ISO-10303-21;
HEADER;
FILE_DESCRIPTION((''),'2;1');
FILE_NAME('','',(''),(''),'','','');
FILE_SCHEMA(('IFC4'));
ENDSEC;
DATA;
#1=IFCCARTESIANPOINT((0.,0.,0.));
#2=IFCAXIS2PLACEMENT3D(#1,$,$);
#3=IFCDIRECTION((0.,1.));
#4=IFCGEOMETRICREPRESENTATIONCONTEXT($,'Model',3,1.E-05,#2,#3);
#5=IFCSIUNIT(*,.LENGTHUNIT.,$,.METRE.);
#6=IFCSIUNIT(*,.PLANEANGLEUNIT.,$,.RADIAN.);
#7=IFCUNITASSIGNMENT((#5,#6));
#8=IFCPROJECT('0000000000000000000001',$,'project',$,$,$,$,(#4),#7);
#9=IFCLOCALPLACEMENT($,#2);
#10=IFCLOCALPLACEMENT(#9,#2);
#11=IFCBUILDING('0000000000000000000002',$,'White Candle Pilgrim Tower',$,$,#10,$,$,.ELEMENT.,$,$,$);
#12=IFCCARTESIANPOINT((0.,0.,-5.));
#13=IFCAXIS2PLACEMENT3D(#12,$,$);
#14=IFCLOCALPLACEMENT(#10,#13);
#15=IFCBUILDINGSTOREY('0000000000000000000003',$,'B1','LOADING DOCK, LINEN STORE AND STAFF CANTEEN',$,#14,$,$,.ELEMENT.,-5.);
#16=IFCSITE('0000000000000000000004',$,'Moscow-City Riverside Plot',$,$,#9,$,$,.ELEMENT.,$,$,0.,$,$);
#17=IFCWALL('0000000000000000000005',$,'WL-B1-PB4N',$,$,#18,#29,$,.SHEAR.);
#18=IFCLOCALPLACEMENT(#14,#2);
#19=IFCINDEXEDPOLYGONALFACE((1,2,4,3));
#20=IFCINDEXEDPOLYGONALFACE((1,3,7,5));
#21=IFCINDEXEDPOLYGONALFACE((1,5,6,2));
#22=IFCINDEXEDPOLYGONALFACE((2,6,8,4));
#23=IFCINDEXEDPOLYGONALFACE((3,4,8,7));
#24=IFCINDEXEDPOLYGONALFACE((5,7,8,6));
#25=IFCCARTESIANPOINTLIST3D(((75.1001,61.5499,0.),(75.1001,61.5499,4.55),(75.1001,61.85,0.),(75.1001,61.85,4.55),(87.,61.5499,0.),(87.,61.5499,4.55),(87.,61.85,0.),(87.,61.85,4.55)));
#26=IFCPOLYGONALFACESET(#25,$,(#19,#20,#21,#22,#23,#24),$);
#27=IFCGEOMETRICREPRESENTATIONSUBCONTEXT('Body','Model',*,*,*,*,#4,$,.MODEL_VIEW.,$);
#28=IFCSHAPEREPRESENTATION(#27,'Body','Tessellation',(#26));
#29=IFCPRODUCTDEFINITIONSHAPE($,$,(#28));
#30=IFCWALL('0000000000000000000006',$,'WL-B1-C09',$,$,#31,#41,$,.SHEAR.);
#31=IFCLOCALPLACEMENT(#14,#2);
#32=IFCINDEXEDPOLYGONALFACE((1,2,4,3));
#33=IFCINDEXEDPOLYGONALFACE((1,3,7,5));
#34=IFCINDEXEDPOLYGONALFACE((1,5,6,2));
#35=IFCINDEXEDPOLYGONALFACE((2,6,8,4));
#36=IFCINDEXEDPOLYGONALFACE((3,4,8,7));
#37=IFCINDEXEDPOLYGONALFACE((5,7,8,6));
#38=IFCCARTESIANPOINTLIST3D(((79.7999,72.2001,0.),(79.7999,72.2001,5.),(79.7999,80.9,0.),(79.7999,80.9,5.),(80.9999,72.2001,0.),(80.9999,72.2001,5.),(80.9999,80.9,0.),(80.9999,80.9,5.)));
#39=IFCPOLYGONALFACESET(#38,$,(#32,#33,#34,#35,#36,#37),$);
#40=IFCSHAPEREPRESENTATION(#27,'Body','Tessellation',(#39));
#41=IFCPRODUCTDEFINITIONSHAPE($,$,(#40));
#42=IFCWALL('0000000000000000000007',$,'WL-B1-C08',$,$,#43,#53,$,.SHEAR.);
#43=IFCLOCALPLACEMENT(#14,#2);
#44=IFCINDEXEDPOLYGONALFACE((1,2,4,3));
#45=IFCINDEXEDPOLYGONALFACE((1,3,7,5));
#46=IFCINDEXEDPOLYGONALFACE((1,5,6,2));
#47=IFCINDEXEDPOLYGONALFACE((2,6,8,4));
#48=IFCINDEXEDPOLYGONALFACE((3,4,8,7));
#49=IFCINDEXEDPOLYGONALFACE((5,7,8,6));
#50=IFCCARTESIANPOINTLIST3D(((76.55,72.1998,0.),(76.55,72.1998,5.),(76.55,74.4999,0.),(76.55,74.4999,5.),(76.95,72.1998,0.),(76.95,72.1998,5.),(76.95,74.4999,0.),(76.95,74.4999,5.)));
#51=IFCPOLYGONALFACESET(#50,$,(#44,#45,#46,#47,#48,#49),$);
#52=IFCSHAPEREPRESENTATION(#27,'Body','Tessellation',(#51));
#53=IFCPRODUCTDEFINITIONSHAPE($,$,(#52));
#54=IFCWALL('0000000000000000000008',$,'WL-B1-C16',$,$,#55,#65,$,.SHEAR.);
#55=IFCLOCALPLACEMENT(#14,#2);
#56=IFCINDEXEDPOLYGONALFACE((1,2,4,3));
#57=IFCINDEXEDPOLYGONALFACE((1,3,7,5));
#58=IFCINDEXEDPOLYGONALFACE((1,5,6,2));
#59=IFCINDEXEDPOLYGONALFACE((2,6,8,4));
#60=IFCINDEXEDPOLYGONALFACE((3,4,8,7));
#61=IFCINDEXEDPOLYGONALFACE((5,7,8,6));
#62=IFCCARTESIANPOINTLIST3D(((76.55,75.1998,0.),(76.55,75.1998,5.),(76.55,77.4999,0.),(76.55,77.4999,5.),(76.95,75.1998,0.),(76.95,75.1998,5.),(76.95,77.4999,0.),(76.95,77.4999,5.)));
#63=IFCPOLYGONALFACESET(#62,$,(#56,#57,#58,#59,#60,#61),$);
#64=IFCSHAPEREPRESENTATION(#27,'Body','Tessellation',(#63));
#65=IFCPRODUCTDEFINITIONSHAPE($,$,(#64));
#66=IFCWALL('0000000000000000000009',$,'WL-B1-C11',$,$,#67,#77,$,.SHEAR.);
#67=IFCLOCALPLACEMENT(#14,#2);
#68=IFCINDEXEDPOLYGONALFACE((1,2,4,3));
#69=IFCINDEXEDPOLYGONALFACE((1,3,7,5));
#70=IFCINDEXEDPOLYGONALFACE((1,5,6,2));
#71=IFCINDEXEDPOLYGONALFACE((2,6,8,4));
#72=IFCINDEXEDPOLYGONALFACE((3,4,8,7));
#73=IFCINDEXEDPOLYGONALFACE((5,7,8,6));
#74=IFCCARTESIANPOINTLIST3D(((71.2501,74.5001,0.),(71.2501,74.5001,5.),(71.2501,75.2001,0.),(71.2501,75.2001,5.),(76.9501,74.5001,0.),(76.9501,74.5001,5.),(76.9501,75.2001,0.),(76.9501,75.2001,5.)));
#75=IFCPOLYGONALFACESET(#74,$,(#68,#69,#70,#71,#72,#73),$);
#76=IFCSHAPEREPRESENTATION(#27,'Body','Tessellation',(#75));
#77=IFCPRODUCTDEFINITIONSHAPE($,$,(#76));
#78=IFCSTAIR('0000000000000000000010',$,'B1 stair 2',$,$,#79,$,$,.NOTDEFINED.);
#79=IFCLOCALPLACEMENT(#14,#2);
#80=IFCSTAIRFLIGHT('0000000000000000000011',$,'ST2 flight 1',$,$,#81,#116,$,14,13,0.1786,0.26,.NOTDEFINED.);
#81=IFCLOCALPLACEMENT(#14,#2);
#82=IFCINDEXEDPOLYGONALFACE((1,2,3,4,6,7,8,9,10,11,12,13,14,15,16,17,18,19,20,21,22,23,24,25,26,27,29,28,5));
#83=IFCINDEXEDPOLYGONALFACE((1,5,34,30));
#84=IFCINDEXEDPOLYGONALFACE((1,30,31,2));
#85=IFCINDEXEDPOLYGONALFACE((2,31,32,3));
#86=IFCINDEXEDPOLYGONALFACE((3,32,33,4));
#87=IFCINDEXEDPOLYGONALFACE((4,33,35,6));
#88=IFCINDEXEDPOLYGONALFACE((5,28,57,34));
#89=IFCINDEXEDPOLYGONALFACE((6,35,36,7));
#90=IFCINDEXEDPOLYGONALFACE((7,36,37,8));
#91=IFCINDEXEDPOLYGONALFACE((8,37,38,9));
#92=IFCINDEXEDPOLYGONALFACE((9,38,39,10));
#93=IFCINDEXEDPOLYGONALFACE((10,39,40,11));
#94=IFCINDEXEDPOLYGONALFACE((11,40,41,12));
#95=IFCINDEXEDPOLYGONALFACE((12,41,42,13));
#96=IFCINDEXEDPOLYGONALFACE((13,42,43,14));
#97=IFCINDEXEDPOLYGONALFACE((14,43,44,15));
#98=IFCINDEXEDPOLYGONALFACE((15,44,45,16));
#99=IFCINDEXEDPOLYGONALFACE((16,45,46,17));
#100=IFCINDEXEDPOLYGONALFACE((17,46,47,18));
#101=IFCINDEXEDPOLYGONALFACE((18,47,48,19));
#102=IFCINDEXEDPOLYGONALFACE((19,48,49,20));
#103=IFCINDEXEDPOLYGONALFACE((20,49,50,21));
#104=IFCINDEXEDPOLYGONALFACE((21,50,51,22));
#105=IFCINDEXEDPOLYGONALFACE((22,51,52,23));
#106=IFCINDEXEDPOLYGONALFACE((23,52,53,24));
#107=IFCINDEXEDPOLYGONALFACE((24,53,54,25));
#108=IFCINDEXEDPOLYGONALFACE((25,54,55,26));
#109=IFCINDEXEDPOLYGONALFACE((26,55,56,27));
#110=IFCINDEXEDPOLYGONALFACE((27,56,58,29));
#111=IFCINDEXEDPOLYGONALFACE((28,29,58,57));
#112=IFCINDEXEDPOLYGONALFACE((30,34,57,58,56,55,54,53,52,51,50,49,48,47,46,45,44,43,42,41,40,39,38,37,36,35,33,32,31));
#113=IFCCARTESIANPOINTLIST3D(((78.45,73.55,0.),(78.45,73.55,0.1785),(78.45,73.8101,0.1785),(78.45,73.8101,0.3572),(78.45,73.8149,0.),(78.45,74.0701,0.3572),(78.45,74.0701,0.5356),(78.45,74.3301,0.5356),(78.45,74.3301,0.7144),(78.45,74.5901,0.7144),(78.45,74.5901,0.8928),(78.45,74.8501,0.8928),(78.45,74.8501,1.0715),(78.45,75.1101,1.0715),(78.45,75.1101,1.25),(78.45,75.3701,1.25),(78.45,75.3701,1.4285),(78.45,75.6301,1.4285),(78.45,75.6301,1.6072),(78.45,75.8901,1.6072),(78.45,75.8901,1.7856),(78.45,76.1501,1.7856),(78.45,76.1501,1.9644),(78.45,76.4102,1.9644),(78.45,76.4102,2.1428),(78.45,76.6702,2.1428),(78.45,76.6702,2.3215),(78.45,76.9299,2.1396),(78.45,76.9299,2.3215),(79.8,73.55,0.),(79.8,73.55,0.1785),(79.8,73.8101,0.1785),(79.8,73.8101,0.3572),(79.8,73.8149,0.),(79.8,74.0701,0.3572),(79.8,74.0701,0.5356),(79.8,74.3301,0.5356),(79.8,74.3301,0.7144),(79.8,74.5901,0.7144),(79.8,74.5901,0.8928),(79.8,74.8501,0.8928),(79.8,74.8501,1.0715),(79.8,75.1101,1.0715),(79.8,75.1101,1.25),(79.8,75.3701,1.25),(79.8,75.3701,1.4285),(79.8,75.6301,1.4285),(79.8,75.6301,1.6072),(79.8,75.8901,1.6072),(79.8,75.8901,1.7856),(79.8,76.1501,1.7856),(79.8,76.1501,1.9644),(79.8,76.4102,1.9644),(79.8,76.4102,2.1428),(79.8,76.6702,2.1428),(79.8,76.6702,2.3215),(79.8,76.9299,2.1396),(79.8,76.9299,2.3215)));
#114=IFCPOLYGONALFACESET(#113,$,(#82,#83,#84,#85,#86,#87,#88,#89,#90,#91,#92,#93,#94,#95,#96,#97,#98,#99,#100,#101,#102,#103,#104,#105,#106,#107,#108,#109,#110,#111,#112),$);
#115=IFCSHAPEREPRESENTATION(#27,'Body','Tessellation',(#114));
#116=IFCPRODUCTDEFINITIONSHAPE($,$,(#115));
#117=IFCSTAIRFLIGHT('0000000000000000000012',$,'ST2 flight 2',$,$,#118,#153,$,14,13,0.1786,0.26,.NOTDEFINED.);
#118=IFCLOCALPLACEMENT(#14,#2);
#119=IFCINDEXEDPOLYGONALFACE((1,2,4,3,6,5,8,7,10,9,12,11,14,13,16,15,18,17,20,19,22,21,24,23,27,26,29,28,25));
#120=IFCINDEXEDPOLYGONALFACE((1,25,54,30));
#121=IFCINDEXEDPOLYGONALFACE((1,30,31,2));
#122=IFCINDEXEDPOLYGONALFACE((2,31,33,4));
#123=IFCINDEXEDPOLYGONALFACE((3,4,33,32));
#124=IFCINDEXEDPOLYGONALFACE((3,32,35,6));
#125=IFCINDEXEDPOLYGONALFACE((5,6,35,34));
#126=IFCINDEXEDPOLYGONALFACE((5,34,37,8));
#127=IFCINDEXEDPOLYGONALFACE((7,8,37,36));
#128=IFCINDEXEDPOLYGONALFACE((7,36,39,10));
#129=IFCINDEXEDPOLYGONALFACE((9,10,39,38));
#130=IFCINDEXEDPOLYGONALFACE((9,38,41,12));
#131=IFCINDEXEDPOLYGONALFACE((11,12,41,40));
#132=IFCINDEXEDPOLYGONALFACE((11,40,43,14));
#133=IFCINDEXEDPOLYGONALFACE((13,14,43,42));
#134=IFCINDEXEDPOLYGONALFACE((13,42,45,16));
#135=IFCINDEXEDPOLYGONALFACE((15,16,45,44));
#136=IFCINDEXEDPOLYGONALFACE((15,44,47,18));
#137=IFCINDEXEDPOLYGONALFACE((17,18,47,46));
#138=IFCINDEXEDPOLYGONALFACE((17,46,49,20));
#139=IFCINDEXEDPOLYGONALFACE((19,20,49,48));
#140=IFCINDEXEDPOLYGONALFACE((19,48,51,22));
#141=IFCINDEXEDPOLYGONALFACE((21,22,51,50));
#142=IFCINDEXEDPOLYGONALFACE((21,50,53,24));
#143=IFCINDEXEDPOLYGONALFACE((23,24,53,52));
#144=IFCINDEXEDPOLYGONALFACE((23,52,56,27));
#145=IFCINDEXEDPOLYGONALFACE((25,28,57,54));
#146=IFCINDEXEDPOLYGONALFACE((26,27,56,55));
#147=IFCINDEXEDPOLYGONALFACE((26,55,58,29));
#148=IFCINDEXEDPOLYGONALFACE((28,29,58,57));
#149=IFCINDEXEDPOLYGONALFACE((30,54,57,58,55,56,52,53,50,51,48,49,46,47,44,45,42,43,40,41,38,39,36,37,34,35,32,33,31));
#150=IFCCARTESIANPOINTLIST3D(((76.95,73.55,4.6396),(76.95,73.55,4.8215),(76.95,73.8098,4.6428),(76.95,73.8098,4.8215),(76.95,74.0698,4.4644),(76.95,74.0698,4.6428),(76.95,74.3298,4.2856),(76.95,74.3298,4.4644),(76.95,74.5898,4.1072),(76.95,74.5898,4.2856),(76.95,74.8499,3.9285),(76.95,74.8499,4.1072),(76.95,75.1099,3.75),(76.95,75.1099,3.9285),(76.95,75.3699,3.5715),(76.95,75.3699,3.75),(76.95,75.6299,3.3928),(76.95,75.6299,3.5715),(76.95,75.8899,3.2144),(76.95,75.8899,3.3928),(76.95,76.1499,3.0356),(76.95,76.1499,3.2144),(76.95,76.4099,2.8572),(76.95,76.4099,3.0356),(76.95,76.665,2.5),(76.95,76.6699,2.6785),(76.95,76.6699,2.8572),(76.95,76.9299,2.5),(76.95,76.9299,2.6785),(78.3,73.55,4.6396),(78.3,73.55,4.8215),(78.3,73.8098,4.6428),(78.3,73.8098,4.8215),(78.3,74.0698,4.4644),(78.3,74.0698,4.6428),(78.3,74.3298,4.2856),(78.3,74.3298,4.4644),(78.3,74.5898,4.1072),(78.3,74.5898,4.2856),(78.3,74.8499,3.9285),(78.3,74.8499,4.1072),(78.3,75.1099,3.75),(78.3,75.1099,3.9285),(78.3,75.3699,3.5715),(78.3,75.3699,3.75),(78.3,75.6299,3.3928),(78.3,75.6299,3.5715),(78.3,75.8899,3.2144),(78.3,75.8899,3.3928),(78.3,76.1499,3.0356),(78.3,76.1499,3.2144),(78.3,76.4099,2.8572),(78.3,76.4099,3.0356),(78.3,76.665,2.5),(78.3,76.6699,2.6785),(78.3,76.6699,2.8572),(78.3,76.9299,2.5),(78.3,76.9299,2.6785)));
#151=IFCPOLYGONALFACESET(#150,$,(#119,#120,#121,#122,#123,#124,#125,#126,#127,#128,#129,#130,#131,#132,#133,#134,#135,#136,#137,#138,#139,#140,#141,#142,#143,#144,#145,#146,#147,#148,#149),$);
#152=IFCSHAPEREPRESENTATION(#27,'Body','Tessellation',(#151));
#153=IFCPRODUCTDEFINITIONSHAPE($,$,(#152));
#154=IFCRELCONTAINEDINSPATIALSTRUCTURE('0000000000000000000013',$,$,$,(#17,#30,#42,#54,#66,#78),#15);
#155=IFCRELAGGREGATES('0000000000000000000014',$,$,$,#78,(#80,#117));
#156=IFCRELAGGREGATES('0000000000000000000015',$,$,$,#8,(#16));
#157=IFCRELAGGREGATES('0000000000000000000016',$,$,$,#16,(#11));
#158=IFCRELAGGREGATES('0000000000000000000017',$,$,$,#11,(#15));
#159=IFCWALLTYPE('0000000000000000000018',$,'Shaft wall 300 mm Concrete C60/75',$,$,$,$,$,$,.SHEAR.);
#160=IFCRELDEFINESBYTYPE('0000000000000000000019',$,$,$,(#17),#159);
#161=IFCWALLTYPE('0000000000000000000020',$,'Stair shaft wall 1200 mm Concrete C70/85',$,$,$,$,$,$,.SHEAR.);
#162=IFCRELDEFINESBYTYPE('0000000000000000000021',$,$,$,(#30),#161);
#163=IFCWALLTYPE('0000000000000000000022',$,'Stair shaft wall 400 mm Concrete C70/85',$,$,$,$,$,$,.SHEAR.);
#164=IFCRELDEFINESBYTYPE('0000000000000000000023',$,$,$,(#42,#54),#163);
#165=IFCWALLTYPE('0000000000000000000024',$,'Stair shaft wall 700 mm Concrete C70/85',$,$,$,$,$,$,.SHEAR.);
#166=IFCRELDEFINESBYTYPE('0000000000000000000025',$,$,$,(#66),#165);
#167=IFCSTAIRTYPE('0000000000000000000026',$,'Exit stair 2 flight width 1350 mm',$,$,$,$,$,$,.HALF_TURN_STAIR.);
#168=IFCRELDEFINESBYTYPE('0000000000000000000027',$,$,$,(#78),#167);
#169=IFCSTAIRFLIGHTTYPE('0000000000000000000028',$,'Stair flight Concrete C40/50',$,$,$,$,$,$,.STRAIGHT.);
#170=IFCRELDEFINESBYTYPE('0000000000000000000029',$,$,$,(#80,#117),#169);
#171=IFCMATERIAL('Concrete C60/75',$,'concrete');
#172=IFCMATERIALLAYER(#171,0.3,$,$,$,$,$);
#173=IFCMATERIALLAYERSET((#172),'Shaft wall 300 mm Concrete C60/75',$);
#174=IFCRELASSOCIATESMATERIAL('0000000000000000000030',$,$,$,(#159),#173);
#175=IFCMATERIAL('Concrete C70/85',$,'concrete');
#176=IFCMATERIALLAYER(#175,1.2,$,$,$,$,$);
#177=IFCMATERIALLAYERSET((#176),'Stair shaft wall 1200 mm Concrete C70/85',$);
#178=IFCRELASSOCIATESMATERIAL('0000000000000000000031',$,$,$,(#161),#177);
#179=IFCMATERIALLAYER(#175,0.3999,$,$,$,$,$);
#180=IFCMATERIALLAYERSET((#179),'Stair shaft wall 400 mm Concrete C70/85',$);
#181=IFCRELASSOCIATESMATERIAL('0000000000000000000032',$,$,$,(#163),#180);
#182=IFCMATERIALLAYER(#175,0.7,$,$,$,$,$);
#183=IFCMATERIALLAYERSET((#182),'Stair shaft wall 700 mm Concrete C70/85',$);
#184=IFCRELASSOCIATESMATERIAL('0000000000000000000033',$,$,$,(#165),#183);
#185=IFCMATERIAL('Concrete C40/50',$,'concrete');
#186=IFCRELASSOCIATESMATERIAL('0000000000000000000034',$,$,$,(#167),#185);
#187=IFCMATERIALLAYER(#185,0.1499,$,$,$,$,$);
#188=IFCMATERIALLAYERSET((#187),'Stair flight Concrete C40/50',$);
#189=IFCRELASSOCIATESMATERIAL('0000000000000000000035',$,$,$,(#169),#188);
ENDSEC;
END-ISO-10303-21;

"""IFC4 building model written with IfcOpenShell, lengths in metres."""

from ifc_helpers import new_model, si_unit, direction, frame, frame_2d, origin, place, context, subcontext, project, spatial, polyline, rectangle, outline, extrude, material, layer, layer_set, type_object, element, aggregate, save


model = new_model("IFC4")

# Units and contexts
model_context = context("Model", 3, precision=1e-05, world=origin(), true_north=direction((0.0, 1.0)))
body_context = subcontext(model_context, "Body", "Model", "MODEL_VIEW")
ifc_project = project(units=[si_unit("LENGTHUNIT", "METRE"), si_unit("PLANEANGLEUNIT", "RADIAN")], contexts=[model_context])

# Site, building, storey
site_placement = place(None, origin())
site = spatial("IfcSite", under=ifc_project, at=site_placement, Name="Moscow-City Riverside Plot", CompositionType="ELEMENT", RefElevation=0.0)
building_placement = place(site_placement, origin())
building = spatial("IfcBuilding", under=site, at=building_placement, Name="White Candle Pilgrim Tower", CompositionType="ELEMENT")
storey_placement = place(building_placement, frame((0.0, 0.0, -5.0)))
storey = spatial("IfcBuildingStorey", under=building, at=storey_placement, Name="B1", Description="LOADING DOCK, LINEN STORE AND STAFF CANTEEN", CompositionType="ELEMENT", Elevation=-5.0)

# Walls
ifc_material_1 = material(Name="Concrete C70/85", Category="concrete")
ifc_material_2 = material(Name="Concrete C60/75", Category="concrete")
ifc_layer_1 = layer(ifc_material_2, 0.3)
ifc_layer_set_1 = layer_set([ifc_layer_1], Name="Shaft wall 300 mm Concrete C60/75")
wall_type_1 = type_object("IfcWallType", Name="Shaft wall 300 mm Concrete C60/75", PredefinedType="SHEAR", material=ifc_layer_set_1)
wall_1_placement = place(storey_placement, frame((75.1001, 61.7, 0.0), z_axis=(0.0, 0.0, 1.0), x_axis=(1.0, 0.0, 0.0)))
element("IfcWall", 1, at=wall_1_placement, inside=storey, type_object=wall_type_1, Name="WL-B1-PB4N", PredefinedType="SHEAR", context=body_context, shape_type="SweptSolid", body=[
    extrude(rectangle(XDim=11.8999, YDim=0.3, at=frame_2d((5.95, 0.0))), origin(), (0.0, 0.0, 1.0), 4.55),
])
ifc_layer_2 = layer(ifc_material_1, 1.2)
ifc_layer_set_2 = layer_set([ifc_layer_2], Name="Stair shaft wall 1200 mm Concrete C70/85")
wall_type_2 = type_object("IfcWallType", Name="Stair shaft wall 1200 mm Concrete C70/85", PredefinedType="SHEAR", material=ifc_layer_set_2)
wall_2_placement = place(storey_placement, frame((80.3999, 72.2, 0.0), z_axis=(0.0, 0.0, 1.0), x_axis=(0.0, 1.0, 0.0)))
element("IfcWall", 2, at=wall_2_placement, inside=storey, type_object=wall_type_2, Name="WL-B1-C09", PredefinedType="SHEAR", context=body_context, shape_type="SweptSolid", body=[
    extrude(rectangle(XDim=8.7, YDim=1.2, at=frame_2d((4.3501, 0.0))), origin(), (0.0, 0.0, 1.0), 5.0),
])
ifc_layer_3 = layer(ifc_material_1, 0.3999)
ifc_layer_set_3 = layer_set([ifc_layer_3], Name="Stair shaft wall 400 mm Concrete C70/85")
wall_type_3 = type_object("IfcWallType", Name="Stair shaft wall 400 mm Concrete C70/85", PredefinedType="SHEAR", material=ifc_layer_set_3)
for number, where, z_axis, x_axis, name in (
    (3, (76.75, 72.2, 0.0), (0.0, 0.0, 1.0), (0.0, 1.0, 0.0), "WL-B1-C08"),
    (4, (76.75, 75.2, 0.0), (0.0, 0.0, 1.0), (0.0, 1.0, 0.0), "WL-B1-C16"),
):
    element("IfcWall", number, at=place(storey_placement, frame(where, z_axis=z_axis, x_axis=x_axis)), inside=storey, type_object=wall_type_3, Name=name, PredefinedType="SHEAR", context=body_context, shape_type="SweptSolid", body=[
        extrude(rectangle(XDim=2.3, YDim=0.3999, at=frame_2d((1.1499, 0.0))), origin(), (0.0, 0.0, 1.0), 5.0),
    ])
ifc_layer_4 = layer(ifc_material_1, 0.7)
ifc_layer_set_4 = layer_set([ifc_layer_4], Name="Stair shaft wall 700 mm Concrete C70/85")
wall_type_4 = type_object("IfcWallType", Name="Stair shaft wall 700 mm Concrete C70/85", PredefinedType="SHEAR", material=ifc_layer_set_4)
wall_3_placement = place(storey_placement, frame((71.25, 74.8501, 0.0), z_axis=(0.0, 0.0, 1.0), x_axis=(1.0, 0.0, 0.0)))
element("IfcWall", 5, at=wall_3_placement, inside=storey, type_object=wall_type_4, Name="WL-B1-C11", PredefinedType="SHEAR", context=body_context, shape_type="SweptSolid", body=[
    extrude(rectangle(XDim=5.7, YDim=0.7, at=frame_2d((2.8501, 0.0))), origin(), (0.0, 0.0, 1.0), 5.0),
])

# Stair, stair flights
ifc_material_3 = material(Name="Concrete C40/50", Category="concrete")
stair_type = type_object("IfcStairType", Name="Exit stair 2 flight width 1350 mm", PredefinedType="HALF_TURN_STAIR", material=ifc_material_3)
stair_placement = place(storey_placement, origin())
stair = element("IfcStair", 6, at=stair_placement, inside=storey, type_object=stair_type, Name="B1 stair 2", PredefinedType="NOTDEFINED")
ifc_layer_5 = layer(ifc_material_3, 0.1499)
ifc_layer_set_5 = layer_set([ifc_layer_5], Name="Stair flight Concrete C40/50")
stair_flight_type = type_object("IfcStairFlightType", Name="Stair flight Concrete C40/50", PredefinedType="STRAIGHT", material=ifc_layer_set_5)
stair_flight_1_placement = place(storey_placement, frame((79.125, 73.55, 0.0), z_axis=(0.0, 0.0, 1.0), x_axis=(0.0, 1.0, 0.0)))
stair_flight_1 = element("IfcStairFlight", 7, at=stair_flight_1_placement, type_object=stair_flight_type, Name="ST2 flight 1", NumberOfRisers=14, NumberOfTreads=13, PredefinedType="NOTDEFINED", RiserHeight=0.1786, TreadLength=0.26, context=body_context, shape_type="SweptSolid", body=[
    extrude(outline(polyline([(0.0, 0.0), (0.0, 0.1785), (0.26, 0.1785), (0.26, 0.3572), (0.52, 0.3572), (0.52, 0.5356), (0.78, 0.5356), (0.78, 0.7144), (1.04, 0.7144), (1.04, 0.8928), (1.3, 0.8928), (1.3, 1.0715), (1.5601, 1.0715), (1.5601, 1.25), (1.8201, 1.25), (1.8201, 1.4285), (2.0801, 1.4285), (2.0801, 1.6072), (2.3401, 1.6072), (2.3401, 1.7856), (2.6001, 1.7856), (2.6001, 1.9644), (2.8601, 1.9644), (2.8601, 2.1428), (3.1201, 2.1428), (3.1201, 2.3215), (3.3799, 2.3215), (3.3799, 2.5), (3.3799, 2.1396), (0.2649, 0.0), (0.0, 0.0)])), frame((0.0, 0.675, 0.0), z_axis=(0.0, -1.0, 0.0), x_axis=(1.0, 0.0, 0.0)), (0.0, 0.0, 1.0), 1.3501),
])
stair_flight_2_placement = place(storey_placement, frame((77.625, 76.9299, 2.5), z_axis=(0.0, 0.0, 1.0), x_axis=(0.0, -1.0, 0.0)))
stair_flight_2 = element("IfcStairFlight", 8, at=stair_flight_2_placement, type_object=stair_flight_type, Name="ST2 flight 2", NumberOfRisers=14, NumberOfTreads=13, PredefinedType="NOTDEFINED", RiserHeight=0.1786, TreadLength=0.26, context=body_context, shape_type="SweptSolid", body=[
    extrude(outline(polyline([(0.0, 0.0), (0.0, 0.1785), (0.26, 0.1785), (0.26, 0.3572), (0.52, 0.3572), (0.52, 0.5356), (0.78, 0.5356), (0.78, 0.7144), (1.04, 0.7144), (1.04, 0.8928), (1.3, 0.8928), (1.3, 1.0715), (1.5601, 1.0715), (1.5601, 1.25), (1.8201, 1.25), (1.8201, 1.4285), (2.0801, 1.4285), (2.0801, 1.6072), (2.3401, 1.6072), (2.3401, 1.7856), (2.6001, 1.7856), (2.6001, 1.9644), (2.8601, 1.9644), (2.8601, 2.1428), (3.1201, 2.1428), (3.1201, 2.3215), (3.3799, 2.3215), (3.3799, 2.5), (3.3799, 2.1396), (0.2649, 0.0), (0.0, 0.0)])), frame((0.0, 0.675, 0.0), z_axis=(0.0, -1.0, 0.0), x_axis=(1.0, 0.0, 0.0)), (0.0, 0.0, 1.0), 1.3501),
])
aggregate(stair, [stair_flight_1, stair_flight_2])

save(model, "model.ifc")
